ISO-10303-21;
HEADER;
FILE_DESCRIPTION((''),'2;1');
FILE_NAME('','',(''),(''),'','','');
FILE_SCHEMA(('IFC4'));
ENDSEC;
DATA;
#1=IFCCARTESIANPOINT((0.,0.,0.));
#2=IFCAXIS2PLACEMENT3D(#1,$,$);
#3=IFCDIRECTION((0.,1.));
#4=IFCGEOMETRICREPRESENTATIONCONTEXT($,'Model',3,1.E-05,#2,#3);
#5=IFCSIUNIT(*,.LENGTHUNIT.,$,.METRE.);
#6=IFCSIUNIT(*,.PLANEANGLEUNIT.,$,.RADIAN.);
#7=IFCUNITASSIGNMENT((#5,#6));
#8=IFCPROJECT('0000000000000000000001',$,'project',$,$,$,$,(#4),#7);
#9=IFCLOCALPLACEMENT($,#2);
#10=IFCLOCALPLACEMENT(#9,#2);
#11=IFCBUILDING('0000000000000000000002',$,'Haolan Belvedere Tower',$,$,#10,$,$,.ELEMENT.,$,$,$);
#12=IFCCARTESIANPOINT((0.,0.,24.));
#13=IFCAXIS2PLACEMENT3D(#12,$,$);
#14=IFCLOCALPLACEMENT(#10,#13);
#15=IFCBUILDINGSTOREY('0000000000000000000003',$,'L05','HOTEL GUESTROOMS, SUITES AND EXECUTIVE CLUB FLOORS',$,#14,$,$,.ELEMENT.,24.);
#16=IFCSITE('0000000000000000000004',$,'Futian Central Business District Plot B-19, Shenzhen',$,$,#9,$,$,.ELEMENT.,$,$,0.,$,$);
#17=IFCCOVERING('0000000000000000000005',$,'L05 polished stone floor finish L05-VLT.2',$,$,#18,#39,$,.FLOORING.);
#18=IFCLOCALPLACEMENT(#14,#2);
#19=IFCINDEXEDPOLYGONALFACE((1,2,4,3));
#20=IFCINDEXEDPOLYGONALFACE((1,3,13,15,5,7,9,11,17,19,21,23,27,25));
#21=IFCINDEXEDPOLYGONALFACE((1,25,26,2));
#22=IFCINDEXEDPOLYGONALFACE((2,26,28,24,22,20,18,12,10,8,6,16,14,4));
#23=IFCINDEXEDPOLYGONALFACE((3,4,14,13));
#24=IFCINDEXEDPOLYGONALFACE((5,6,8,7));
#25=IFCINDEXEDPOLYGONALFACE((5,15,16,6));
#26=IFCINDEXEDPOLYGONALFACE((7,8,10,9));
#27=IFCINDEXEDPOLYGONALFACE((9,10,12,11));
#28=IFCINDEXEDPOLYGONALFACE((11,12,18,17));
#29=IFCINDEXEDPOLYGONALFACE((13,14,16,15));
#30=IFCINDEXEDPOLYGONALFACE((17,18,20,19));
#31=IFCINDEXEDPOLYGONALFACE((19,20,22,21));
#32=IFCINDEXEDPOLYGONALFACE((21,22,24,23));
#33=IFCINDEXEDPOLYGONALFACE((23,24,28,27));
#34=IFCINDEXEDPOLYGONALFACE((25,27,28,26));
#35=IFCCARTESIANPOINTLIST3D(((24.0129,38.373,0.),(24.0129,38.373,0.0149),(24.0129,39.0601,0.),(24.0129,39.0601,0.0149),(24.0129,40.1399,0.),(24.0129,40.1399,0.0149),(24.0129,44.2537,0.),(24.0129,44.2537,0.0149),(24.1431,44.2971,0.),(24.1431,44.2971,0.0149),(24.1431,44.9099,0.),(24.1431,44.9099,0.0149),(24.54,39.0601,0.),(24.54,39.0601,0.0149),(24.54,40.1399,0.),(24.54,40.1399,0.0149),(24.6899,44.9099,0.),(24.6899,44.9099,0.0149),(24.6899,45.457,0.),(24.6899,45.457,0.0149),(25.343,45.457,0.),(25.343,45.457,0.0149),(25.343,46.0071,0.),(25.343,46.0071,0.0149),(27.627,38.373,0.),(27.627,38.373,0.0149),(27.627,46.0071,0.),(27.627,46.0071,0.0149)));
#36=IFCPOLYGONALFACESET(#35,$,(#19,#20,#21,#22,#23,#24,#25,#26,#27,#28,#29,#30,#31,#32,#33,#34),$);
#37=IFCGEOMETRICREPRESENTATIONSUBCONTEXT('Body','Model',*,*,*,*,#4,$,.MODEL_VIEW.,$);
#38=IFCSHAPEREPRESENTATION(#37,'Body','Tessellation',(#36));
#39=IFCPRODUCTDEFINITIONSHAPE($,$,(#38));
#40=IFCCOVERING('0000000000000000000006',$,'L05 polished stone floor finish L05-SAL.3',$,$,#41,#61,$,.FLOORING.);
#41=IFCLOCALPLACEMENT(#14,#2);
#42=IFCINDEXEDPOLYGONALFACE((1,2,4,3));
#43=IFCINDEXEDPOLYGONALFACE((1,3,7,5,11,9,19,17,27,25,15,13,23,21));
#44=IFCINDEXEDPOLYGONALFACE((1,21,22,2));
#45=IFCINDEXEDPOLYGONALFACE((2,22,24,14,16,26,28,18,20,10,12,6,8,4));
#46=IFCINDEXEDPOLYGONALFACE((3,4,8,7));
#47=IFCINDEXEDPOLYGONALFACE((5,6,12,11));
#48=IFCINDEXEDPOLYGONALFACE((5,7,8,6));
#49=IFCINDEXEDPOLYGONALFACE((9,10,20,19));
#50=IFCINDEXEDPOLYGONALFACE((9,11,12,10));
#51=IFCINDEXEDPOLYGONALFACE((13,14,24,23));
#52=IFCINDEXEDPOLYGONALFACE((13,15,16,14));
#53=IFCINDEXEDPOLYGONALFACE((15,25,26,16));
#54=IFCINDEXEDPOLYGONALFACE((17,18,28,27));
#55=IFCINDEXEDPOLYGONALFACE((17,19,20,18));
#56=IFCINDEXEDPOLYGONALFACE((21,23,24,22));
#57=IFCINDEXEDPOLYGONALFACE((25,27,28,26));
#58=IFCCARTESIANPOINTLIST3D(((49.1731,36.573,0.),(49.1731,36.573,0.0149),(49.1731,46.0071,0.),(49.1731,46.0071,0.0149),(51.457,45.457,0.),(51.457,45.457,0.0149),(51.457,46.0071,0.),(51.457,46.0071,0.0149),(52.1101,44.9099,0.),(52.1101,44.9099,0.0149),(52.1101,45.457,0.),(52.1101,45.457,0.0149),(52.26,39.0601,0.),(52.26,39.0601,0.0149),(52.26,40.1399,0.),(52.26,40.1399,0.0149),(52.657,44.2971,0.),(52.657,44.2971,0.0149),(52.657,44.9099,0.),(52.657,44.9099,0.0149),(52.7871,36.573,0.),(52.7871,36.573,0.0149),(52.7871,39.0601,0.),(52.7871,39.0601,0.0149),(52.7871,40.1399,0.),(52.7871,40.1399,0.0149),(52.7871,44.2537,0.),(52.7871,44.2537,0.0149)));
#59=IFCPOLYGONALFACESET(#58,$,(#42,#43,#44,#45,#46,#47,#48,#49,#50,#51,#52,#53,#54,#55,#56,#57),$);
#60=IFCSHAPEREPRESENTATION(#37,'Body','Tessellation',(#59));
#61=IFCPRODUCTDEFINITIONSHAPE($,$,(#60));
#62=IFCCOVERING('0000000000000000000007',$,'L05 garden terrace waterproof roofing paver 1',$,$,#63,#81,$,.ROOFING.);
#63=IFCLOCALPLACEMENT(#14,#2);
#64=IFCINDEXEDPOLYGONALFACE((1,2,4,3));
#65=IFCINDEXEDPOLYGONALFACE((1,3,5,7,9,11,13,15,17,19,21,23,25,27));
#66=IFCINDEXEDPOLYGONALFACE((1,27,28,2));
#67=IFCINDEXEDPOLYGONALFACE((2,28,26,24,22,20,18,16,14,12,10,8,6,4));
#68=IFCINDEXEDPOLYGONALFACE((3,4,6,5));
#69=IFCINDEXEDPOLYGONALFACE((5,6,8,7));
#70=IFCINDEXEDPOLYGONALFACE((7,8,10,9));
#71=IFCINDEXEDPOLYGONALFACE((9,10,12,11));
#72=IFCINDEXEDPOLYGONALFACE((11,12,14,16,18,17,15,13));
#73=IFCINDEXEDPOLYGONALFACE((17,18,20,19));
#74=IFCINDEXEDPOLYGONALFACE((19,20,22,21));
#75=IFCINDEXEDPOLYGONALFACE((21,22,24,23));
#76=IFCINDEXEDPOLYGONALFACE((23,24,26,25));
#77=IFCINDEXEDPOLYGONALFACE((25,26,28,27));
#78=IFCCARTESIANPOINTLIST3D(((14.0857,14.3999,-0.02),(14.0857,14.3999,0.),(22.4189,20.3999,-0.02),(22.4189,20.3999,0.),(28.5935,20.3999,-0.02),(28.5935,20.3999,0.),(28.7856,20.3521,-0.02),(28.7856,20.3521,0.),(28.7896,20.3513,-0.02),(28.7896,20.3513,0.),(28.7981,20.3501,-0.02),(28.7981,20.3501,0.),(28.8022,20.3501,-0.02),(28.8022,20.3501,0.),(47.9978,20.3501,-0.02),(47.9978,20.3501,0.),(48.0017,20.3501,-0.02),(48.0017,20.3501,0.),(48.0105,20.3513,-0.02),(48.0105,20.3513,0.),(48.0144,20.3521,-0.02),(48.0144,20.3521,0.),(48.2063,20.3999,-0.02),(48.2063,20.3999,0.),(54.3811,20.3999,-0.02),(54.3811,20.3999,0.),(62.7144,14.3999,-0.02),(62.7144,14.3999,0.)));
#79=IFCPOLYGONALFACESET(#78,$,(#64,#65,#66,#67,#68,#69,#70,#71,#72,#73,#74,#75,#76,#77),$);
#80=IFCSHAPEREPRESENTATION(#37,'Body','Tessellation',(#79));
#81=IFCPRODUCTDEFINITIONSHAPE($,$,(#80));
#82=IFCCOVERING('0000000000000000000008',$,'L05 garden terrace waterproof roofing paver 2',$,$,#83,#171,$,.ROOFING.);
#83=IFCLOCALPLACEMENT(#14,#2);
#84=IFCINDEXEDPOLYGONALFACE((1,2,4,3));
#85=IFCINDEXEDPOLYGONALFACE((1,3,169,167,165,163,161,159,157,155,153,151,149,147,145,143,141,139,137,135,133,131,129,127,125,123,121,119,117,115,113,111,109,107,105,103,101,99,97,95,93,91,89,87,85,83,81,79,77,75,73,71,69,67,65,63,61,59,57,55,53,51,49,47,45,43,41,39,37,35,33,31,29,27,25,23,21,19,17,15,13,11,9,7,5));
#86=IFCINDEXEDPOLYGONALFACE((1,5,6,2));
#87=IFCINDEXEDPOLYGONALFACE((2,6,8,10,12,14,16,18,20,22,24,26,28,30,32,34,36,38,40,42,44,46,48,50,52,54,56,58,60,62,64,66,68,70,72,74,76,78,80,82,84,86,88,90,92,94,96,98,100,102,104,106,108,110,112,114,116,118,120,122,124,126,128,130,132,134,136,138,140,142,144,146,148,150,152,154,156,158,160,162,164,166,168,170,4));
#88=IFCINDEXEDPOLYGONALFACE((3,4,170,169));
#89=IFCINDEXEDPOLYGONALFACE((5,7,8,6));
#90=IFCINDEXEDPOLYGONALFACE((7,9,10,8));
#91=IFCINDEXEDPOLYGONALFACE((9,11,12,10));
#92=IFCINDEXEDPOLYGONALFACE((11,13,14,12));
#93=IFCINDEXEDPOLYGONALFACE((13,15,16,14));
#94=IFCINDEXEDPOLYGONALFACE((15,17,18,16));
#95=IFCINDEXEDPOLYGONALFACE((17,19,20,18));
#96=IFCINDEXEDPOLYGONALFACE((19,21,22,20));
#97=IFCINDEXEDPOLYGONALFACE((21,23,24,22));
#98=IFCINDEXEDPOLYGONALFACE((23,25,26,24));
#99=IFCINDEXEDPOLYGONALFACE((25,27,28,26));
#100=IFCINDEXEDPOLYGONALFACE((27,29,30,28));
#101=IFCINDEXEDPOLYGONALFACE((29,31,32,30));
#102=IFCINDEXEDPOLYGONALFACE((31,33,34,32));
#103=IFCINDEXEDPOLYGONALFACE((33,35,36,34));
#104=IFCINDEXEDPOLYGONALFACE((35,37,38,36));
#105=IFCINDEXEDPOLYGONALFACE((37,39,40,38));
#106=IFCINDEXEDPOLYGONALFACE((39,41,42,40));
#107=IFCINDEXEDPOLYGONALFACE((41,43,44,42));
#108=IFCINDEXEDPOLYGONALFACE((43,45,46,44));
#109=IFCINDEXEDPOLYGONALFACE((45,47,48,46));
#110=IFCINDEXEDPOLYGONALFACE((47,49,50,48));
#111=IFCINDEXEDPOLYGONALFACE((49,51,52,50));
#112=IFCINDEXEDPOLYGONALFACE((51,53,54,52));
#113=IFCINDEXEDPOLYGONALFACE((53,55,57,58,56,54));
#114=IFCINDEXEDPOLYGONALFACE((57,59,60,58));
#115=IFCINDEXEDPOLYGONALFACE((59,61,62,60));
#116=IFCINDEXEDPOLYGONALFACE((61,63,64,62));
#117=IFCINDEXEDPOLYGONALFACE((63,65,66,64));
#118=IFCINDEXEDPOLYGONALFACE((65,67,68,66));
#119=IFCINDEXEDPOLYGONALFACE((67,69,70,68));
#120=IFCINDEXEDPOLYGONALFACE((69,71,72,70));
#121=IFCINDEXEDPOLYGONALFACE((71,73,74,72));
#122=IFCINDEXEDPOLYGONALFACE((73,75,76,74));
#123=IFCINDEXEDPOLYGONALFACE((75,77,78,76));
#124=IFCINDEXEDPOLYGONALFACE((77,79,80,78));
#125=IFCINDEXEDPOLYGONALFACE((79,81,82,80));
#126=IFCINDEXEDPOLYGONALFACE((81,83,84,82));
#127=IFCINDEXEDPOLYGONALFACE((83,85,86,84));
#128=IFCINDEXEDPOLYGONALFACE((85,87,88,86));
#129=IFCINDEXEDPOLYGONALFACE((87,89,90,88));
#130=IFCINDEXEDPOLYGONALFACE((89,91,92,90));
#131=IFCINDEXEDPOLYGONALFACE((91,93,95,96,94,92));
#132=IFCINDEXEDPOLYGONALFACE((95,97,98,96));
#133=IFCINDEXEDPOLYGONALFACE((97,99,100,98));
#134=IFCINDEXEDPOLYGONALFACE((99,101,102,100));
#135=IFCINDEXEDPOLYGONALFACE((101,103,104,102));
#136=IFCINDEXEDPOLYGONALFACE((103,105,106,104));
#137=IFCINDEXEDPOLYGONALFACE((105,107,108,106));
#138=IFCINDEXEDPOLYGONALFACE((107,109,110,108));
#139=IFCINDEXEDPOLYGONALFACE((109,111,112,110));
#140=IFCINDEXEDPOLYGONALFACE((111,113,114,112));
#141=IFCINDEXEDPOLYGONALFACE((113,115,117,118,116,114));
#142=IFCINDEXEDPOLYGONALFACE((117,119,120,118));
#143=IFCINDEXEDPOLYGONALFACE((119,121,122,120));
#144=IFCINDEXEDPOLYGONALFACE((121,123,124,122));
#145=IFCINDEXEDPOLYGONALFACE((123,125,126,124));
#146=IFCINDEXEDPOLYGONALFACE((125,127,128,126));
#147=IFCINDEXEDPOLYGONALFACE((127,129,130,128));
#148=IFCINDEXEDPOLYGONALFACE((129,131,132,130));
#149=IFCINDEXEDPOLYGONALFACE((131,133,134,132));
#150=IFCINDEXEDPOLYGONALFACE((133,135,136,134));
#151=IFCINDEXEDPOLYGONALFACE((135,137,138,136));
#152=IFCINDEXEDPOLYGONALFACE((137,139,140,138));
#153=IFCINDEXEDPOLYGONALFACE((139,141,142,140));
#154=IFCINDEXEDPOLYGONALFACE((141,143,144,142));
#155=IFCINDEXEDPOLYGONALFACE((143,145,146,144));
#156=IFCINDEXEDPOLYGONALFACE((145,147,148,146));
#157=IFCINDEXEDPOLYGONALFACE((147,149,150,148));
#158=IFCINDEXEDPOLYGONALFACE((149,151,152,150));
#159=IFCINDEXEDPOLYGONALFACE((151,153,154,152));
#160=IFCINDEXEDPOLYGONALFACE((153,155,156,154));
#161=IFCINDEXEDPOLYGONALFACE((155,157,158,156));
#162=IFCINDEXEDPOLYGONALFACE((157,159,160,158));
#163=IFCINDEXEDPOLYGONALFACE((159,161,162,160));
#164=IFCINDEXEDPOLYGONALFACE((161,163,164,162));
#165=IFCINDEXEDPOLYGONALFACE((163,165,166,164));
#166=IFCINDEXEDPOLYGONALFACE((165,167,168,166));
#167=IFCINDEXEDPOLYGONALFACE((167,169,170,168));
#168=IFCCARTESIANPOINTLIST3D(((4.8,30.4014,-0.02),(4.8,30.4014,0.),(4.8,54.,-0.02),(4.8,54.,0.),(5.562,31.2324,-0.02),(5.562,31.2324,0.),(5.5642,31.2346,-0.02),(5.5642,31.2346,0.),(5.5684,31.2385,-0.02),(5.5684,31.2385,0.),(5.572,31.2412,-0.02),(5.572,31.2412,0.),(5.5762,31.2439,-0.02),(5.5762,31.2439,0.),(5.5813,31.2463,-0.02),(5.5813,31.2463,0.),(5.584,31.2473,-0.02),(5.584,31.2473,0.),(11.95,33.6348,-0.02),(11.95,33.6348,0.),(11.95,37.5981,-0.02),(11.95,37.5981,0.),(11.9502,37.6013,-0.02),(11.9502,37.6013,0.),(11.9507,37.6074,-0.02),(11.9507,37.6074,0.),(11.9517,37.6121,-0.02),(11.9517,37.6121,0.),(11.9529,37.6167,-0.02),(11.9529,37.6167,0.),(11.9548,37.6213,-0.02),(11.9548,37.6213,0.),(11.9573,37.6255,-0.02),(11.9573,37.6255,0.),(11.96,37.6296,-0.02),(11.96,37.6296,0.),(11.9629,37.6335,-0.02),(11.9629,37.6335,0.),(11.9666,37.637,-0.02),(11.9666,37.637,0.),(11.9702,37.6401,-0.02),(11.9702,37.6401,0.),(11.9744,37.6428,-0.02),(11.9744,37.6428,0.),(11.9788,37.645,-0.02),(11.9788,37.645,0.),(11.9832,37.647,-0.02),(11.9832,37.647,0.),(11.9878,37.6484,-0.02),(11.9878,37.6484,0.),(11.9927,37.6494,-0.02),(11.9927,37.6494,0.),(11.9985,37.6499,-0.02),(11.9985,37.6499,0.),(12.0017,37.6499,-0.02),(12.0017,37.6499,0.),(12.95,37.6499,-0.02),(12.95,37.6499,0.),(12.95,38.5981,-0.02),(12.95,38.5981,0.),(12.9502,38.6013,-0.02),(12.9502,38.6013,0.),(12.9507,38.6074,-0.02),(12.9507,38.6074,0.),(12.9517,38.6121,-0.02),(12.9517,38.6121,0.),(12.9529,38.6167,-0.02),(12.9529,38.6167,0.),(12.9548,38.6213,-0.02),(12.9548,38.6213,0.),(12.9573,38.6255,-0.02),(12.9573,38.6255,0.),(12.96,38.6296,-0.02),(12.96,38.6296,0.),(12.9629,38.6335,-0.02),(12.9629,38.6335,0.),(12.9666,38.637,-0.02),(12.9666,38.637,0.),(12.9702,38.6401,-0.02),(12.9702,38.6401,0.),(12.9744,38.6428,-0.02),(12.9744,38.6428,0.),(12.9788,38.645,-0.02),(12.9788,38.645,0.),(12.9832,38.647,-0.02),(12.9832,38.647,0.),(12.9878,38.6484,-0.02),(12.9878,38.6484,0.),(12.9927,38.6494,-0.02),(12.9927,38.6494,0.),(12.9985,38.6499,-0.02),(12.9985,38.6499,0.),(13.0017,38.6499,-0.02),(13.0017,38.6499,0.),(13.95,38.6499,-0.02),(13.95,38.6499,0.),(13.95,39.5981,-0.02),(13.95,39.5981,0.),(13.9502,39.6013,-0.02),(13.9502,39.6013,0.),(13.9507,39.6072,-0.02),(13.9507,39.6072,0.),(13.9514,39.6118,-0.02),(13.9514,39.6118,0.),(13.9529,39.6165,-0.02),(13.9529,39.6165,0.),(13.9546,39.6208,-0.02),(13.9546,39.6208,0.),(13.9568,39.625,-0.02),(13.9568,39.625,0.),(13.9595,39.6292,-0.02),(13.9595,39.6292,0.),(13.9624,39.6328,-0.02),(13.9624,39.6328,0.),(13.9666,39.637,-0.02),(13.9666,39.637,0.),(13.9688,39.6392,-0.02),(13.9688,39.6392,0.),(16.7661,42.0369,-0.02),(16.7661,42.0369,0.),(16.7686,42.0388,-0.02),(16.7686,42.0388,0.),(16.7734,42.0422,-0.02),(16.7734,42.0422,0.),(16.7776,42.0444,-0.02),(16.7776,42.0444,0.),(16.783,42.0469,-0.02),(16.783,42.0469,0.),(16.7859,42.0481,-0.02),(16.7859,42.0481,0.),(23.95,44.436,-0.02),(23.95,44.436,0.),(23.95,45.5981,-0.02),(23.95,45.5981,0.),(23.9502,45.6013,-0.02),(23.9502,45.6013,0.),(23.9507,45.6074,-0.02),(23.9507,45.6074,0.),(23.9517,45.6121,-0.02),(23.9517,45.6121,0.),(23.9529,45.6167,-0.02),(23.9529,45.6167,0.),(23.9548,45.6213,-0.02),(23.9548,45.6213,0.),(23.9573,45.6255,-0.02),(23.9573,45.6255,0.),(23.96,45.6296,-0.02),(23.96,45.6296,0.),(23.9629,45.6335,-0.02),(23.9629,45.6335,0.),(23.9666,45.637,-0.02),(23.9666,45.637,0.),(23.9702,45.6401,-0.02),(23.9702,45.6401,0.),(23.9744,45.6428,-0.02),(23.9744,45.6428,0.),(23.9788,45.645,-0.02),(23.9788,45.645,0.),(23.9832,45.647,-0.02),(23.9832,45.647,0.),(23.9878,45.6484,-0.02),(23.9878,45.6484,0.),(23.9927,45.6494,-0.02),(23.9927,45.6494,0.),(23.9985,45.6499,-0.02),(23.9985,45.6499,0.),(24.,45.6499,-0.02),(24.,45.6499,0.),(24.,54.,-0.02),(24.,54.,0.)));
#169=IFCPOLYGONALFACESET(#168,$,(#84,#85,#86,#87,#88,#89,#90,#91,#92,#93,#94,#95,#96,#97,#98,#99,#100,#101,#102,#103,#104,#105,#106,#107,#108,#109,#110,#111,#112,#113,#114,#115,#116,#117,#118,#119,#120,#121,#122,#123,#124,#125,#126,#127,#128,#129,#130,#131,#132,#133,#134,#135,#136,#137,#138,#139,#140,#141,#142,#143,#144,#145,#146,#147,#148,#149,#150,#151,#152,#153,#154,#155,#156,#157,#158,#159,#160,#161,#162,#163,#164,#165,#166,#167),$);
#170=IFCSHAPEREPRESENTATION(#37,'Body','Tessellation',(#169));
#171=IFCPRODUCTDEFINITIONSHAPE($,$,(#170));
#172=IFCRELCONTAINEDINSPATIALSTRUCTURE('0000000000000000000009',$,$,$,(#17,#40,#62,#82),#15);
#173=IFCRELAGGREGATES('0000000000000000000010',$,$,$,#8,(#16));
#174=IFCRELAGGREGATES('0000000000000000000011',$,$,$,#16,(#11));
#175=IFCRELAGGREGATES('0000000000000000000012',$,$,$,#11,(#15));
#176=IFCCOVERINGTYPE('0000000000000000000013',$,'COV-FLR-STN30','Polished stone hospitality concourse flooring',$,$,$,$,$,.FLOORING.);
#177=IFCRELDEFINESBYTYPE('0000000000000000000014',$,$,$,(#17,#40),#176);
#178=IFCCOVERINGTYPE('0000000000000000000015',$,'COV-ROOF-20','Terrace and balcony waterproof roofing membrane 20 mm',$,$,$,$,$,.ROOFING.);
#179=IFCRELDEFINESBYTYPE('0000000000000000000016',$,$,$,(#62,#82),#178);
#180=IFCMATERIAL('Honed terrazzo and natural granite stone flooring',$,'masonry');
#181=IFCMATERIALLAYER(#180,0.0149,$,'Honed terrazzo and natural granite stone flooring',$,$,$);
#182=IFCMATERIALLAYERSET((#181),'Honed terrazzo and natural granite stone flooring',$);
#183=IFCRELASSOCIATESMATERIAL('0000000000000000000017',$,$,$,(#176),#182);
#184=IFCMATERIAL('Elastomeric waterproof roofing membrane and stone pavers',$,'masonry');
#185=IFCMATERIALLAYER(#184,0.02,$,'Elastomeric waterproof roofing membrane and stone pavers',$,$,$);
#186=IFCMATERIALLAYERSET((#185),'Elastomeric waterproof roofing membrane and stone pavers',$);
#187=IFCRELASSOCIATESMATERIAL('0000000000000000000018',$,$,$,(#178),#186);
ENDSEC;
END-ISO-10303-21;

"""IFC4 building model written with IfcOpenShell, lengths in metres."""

from ifc_helpers import new_model, si_unit, direction, frame, origin, place, context, subcontext, project, spatial, polyline, outline, extrude, material, layer, layer_set, type_object, element, save


model = new_model("IFC4")

# Units and contexts
model_context = context("Model", 3, precision=1e-05, world=origin(), true_north=direction((0.0, 1.0)))
body_context = subcontext(model_context, "Body", "Model", "MODEL_VIEW")
ifc_project = project(units=[si_unit("LENGTHUNIT", "METRE"), si_unit("PLANEANGLEUNIT", "RADIAN")], contexts=[model_context])

# Site, building, storey
site_placement = place(None, origin())
site = spatial("IfcSite", under=ifc_project, at=site_placement, Name="Futian Central Business District Plot B-19, Shenzhen", CompositionType="ELEMENT", RefElevation=0.0)
building_placement = place(site_placement, origin())
building = spatial("IfcBuilding", under=site, at=building_placement, Name="Haolan Belvedere Tower", CompositionType="ELEMENT")
storey_placement = place(building_placement, frame((0.0, 0.0, 24.0)))
storey = spatial("IfcBuildingStorey", under=building, at=storey_placement, Name="L05", Description="HOTEL GUESTROOMS, SUITES AND EXECUTIVE CLUB FLOORS", CompositionType="ELEMENT", Elevation=24.0)

# Coverings
ifc_material_1 = material(Name="Honed terrazzo and natural granite stone flooring", Category="masonry")
ifc_layer_1 = layer(ifc_material_1, 0.0149, Name="Honed terrazzo and natural granite stone flooring")
ifc_layer_set_1 = layer_set([ifc_layer_1], Name="Honed terrazzo and natural granite stone flooring")
covering_type_1 = type_object("IfcCoveringType", Name="COV-FLR-STN30", Description="Polished stone hospitality concourse flooring", PredefinedType="FLOORING", material=ifc_layer_set_1)
covering_1_placement = place(storey_placement, origin())
element("IfcCovering", 1, at=covering_1_placement, inside=storey, type_object=covering_type_1, Name="L05 polished stone floor finish L05-VLT.2", PredefinedType="FLOORING", context=body_context, shape_type="SweptSolid", body=[
    extrude(outline(polyline([(24.54, 40.1399), (24.54, 39.0601), (24.0129, 39.0601), (24.0129, 38.373), (27.627, 38.373), (27.627, 46.0071), (25.343, 46.0071), (25.343, 45.457), (24.6899, 45.457), (24.6899, 44.9099), (24.1431, 44.9099), (24.1431, 44.2971), (24.0129, 44.2537), (24.0129, 40.1399), (24.54, 40.1399)])), origin(), (0.0, 0.0, 1.0), 0.0149),
])
covering_2_placement = place(storey_placement, origin())
element("IfcCovering", 2, at=covering_2_placement, inside=storey, type_object=covering_type_1, Name="L05 polished stone floor finish L05-SAL.3", PredefinedType="FLOORING", context=body_context, shape_type="SweptSolid", body=[
    extrude(outline(polyline([(49.1731, 46.0071), (49.1731, 36.573), (52.7871, 36.573), (52.7871, 39.0601), (52.26, 39.0601), (52.26, 40.1399), (52.7871, 40.1399), (52.7871, 44.2537), (52.657, 44.2971), (52.657, 44.9099), (52.1101, 44.9099), (52.1101, 45.457), (51.457, 45.457), (51.457, 46.0071), (49.1731, 46.0071)])), origin(), (0.0, 0.0, 1.0), 0.0149),
])
ifc_material_2 = material(Name="Elastomeric waterproof roofing membrane and stone pavers", Category="masonry")
ifc_layer_2 = layer(ifc_material_2, 0.02, Name="Elastomeric waterproof roofing membrane and stone pavers")
ifc_layer_set_2 = layer_set([ifc_layer_2], Name="Elastomeric waterproof roofing membrane and stone pavers")
covering_type_2 = type_object("IfcCoveringType", Name="COV-ROOF-20", Description="Terrace and balcony waterproof roofing membrane 20 mm", PredefinedType="ROOFING", material=ifc_layer_set_2)
covering_3_placement = place(storey_placement, frame((0.0, 0.0, -0.02)))
element("IfcCovering", 3, at=covering_3_placement, inside=storey, type_object=covering_type_2, Name="L05 garden terrace waterproof roofing paver 1", PredefinedType="ROOFING", context=body_context, shape_type="SweptSolid", body=[
    extrude(outline(polyline([(54.3811, 20.3999), (48.2063, 20.3999), (48.0144, 20.3521), (48.0105, 20.3513), (48.0017, 20.3501), (47.9978, 20.3501), (28.8022, 20.3501), (28.7981, 20.3501), (28.7896, 20.3513), (28.7856, 20.3521), (28.5935, 20.3999), (22.4189, 20.3999), (14.0857, 14.3999), (62.7144, 14.3999), (54.3811, 20.3999)])), origin(), (0.0, 0.0, 1.0), 0.02),
])
covering_4_placement = place(storey_placement, frame((0.0, 0.0, -0.02)))
element("IfcCovering", 4, at=covering_4_placement, inside=storey, type_object=covering_type_2, Name="L05 garden terrace waterproof roofing paver 2", PredefinedType="ROOFING", context=body_context, shape_type="SweptSolid", body=[
    extrude(outline(polyline([(24.0, 45.6499), (24.0, 54.0), (4.8, 54.0), (4.8, 30.4014), (5.562, 31.2324), (5.5642, 31.2346), (5.5684, 31.2385), (5.572, 31.2412), (5.5762, 31.2439), (5.5813, 31.2463), (5.584, 31.2473), (11.95, 33.6348), (11.95, 37.5981), (11.9502, 37.6013), (11.9507, 37.6074), (11.9517, 37.6121), (11.9529, 37.6167), (11.9548, 37.6213), (11.9573, 37.6255), (11.96, 37.6296), (11.9629, 37.6335), (11.9666, 37.637), (11.9702, 37.6401), (11.9744, 37.6428), (11.9788, 37.645), (11.9832, 37.647), (11.9878, 37.6484), (11.9927, 37.6494), (11.9985, 37.6499), (12.0017, 37.6499), (12.95, 37.6499), (12.95, 38.5981), (12.9502, 38.6013), (12.9507, 38.6074), (12.9517, 38.6121), (12.9529, 38.6167), (12.9548, 38.6213), (12.9573, 38.6255), (12.96, 38.6296), (12.9629, 38.6335), (12.9666, 38.637), (12.9702, 38.6401), (12.9744, 38.6428), (12.9788, 38.645), (12.9832, 38.647), (12.9878, 38.6484), (12.9927, 38.6494), (12.9985, 38.6499), (13.0017, 38.6499), (13.95, 38.6499), (13.95, 39.5981), (13.9502, 39.6013), (13.9507, 39.6072), (13.9514, 39.6118), (13.9529, 39.6165), (13.9546, 39.6208), (13.9568, 39.625), (13.9595, 39.6292), (13.9624, 39.6328), (13.9666, 39.637), (13.9688, 39.6392), (16.7661, 42.0369), (16.7686, 42.0388), (16.7734, 42.0422), (16.7776, 42.0444), (16.783, 42.0469), (16.7859, 42.0481), (23.95, 44.436), (23.95, 45.5981), (23.9502, 45.6013), (23.9507, 45.6074), (23.9517, 45.6121), (23.9529, 45.6167), (23.9548, 45.6213), (23.9573, 45.6255), (23.96, 45.6296), (23.9629, 45.6335), (23.9666, 45.637), (23.9702, 45.6401), (23.9744, 45.6428), (23.9788, 45.645), (23.9832, 45.647), (23.9878, 45.6484), (23.9927, 45.6494), (23.9985, 45.6499), (24.0, 45.6499)])), origin(), (0.0, 0.0, 1.0), 0.02),
])

save(model, "model.ifc")
